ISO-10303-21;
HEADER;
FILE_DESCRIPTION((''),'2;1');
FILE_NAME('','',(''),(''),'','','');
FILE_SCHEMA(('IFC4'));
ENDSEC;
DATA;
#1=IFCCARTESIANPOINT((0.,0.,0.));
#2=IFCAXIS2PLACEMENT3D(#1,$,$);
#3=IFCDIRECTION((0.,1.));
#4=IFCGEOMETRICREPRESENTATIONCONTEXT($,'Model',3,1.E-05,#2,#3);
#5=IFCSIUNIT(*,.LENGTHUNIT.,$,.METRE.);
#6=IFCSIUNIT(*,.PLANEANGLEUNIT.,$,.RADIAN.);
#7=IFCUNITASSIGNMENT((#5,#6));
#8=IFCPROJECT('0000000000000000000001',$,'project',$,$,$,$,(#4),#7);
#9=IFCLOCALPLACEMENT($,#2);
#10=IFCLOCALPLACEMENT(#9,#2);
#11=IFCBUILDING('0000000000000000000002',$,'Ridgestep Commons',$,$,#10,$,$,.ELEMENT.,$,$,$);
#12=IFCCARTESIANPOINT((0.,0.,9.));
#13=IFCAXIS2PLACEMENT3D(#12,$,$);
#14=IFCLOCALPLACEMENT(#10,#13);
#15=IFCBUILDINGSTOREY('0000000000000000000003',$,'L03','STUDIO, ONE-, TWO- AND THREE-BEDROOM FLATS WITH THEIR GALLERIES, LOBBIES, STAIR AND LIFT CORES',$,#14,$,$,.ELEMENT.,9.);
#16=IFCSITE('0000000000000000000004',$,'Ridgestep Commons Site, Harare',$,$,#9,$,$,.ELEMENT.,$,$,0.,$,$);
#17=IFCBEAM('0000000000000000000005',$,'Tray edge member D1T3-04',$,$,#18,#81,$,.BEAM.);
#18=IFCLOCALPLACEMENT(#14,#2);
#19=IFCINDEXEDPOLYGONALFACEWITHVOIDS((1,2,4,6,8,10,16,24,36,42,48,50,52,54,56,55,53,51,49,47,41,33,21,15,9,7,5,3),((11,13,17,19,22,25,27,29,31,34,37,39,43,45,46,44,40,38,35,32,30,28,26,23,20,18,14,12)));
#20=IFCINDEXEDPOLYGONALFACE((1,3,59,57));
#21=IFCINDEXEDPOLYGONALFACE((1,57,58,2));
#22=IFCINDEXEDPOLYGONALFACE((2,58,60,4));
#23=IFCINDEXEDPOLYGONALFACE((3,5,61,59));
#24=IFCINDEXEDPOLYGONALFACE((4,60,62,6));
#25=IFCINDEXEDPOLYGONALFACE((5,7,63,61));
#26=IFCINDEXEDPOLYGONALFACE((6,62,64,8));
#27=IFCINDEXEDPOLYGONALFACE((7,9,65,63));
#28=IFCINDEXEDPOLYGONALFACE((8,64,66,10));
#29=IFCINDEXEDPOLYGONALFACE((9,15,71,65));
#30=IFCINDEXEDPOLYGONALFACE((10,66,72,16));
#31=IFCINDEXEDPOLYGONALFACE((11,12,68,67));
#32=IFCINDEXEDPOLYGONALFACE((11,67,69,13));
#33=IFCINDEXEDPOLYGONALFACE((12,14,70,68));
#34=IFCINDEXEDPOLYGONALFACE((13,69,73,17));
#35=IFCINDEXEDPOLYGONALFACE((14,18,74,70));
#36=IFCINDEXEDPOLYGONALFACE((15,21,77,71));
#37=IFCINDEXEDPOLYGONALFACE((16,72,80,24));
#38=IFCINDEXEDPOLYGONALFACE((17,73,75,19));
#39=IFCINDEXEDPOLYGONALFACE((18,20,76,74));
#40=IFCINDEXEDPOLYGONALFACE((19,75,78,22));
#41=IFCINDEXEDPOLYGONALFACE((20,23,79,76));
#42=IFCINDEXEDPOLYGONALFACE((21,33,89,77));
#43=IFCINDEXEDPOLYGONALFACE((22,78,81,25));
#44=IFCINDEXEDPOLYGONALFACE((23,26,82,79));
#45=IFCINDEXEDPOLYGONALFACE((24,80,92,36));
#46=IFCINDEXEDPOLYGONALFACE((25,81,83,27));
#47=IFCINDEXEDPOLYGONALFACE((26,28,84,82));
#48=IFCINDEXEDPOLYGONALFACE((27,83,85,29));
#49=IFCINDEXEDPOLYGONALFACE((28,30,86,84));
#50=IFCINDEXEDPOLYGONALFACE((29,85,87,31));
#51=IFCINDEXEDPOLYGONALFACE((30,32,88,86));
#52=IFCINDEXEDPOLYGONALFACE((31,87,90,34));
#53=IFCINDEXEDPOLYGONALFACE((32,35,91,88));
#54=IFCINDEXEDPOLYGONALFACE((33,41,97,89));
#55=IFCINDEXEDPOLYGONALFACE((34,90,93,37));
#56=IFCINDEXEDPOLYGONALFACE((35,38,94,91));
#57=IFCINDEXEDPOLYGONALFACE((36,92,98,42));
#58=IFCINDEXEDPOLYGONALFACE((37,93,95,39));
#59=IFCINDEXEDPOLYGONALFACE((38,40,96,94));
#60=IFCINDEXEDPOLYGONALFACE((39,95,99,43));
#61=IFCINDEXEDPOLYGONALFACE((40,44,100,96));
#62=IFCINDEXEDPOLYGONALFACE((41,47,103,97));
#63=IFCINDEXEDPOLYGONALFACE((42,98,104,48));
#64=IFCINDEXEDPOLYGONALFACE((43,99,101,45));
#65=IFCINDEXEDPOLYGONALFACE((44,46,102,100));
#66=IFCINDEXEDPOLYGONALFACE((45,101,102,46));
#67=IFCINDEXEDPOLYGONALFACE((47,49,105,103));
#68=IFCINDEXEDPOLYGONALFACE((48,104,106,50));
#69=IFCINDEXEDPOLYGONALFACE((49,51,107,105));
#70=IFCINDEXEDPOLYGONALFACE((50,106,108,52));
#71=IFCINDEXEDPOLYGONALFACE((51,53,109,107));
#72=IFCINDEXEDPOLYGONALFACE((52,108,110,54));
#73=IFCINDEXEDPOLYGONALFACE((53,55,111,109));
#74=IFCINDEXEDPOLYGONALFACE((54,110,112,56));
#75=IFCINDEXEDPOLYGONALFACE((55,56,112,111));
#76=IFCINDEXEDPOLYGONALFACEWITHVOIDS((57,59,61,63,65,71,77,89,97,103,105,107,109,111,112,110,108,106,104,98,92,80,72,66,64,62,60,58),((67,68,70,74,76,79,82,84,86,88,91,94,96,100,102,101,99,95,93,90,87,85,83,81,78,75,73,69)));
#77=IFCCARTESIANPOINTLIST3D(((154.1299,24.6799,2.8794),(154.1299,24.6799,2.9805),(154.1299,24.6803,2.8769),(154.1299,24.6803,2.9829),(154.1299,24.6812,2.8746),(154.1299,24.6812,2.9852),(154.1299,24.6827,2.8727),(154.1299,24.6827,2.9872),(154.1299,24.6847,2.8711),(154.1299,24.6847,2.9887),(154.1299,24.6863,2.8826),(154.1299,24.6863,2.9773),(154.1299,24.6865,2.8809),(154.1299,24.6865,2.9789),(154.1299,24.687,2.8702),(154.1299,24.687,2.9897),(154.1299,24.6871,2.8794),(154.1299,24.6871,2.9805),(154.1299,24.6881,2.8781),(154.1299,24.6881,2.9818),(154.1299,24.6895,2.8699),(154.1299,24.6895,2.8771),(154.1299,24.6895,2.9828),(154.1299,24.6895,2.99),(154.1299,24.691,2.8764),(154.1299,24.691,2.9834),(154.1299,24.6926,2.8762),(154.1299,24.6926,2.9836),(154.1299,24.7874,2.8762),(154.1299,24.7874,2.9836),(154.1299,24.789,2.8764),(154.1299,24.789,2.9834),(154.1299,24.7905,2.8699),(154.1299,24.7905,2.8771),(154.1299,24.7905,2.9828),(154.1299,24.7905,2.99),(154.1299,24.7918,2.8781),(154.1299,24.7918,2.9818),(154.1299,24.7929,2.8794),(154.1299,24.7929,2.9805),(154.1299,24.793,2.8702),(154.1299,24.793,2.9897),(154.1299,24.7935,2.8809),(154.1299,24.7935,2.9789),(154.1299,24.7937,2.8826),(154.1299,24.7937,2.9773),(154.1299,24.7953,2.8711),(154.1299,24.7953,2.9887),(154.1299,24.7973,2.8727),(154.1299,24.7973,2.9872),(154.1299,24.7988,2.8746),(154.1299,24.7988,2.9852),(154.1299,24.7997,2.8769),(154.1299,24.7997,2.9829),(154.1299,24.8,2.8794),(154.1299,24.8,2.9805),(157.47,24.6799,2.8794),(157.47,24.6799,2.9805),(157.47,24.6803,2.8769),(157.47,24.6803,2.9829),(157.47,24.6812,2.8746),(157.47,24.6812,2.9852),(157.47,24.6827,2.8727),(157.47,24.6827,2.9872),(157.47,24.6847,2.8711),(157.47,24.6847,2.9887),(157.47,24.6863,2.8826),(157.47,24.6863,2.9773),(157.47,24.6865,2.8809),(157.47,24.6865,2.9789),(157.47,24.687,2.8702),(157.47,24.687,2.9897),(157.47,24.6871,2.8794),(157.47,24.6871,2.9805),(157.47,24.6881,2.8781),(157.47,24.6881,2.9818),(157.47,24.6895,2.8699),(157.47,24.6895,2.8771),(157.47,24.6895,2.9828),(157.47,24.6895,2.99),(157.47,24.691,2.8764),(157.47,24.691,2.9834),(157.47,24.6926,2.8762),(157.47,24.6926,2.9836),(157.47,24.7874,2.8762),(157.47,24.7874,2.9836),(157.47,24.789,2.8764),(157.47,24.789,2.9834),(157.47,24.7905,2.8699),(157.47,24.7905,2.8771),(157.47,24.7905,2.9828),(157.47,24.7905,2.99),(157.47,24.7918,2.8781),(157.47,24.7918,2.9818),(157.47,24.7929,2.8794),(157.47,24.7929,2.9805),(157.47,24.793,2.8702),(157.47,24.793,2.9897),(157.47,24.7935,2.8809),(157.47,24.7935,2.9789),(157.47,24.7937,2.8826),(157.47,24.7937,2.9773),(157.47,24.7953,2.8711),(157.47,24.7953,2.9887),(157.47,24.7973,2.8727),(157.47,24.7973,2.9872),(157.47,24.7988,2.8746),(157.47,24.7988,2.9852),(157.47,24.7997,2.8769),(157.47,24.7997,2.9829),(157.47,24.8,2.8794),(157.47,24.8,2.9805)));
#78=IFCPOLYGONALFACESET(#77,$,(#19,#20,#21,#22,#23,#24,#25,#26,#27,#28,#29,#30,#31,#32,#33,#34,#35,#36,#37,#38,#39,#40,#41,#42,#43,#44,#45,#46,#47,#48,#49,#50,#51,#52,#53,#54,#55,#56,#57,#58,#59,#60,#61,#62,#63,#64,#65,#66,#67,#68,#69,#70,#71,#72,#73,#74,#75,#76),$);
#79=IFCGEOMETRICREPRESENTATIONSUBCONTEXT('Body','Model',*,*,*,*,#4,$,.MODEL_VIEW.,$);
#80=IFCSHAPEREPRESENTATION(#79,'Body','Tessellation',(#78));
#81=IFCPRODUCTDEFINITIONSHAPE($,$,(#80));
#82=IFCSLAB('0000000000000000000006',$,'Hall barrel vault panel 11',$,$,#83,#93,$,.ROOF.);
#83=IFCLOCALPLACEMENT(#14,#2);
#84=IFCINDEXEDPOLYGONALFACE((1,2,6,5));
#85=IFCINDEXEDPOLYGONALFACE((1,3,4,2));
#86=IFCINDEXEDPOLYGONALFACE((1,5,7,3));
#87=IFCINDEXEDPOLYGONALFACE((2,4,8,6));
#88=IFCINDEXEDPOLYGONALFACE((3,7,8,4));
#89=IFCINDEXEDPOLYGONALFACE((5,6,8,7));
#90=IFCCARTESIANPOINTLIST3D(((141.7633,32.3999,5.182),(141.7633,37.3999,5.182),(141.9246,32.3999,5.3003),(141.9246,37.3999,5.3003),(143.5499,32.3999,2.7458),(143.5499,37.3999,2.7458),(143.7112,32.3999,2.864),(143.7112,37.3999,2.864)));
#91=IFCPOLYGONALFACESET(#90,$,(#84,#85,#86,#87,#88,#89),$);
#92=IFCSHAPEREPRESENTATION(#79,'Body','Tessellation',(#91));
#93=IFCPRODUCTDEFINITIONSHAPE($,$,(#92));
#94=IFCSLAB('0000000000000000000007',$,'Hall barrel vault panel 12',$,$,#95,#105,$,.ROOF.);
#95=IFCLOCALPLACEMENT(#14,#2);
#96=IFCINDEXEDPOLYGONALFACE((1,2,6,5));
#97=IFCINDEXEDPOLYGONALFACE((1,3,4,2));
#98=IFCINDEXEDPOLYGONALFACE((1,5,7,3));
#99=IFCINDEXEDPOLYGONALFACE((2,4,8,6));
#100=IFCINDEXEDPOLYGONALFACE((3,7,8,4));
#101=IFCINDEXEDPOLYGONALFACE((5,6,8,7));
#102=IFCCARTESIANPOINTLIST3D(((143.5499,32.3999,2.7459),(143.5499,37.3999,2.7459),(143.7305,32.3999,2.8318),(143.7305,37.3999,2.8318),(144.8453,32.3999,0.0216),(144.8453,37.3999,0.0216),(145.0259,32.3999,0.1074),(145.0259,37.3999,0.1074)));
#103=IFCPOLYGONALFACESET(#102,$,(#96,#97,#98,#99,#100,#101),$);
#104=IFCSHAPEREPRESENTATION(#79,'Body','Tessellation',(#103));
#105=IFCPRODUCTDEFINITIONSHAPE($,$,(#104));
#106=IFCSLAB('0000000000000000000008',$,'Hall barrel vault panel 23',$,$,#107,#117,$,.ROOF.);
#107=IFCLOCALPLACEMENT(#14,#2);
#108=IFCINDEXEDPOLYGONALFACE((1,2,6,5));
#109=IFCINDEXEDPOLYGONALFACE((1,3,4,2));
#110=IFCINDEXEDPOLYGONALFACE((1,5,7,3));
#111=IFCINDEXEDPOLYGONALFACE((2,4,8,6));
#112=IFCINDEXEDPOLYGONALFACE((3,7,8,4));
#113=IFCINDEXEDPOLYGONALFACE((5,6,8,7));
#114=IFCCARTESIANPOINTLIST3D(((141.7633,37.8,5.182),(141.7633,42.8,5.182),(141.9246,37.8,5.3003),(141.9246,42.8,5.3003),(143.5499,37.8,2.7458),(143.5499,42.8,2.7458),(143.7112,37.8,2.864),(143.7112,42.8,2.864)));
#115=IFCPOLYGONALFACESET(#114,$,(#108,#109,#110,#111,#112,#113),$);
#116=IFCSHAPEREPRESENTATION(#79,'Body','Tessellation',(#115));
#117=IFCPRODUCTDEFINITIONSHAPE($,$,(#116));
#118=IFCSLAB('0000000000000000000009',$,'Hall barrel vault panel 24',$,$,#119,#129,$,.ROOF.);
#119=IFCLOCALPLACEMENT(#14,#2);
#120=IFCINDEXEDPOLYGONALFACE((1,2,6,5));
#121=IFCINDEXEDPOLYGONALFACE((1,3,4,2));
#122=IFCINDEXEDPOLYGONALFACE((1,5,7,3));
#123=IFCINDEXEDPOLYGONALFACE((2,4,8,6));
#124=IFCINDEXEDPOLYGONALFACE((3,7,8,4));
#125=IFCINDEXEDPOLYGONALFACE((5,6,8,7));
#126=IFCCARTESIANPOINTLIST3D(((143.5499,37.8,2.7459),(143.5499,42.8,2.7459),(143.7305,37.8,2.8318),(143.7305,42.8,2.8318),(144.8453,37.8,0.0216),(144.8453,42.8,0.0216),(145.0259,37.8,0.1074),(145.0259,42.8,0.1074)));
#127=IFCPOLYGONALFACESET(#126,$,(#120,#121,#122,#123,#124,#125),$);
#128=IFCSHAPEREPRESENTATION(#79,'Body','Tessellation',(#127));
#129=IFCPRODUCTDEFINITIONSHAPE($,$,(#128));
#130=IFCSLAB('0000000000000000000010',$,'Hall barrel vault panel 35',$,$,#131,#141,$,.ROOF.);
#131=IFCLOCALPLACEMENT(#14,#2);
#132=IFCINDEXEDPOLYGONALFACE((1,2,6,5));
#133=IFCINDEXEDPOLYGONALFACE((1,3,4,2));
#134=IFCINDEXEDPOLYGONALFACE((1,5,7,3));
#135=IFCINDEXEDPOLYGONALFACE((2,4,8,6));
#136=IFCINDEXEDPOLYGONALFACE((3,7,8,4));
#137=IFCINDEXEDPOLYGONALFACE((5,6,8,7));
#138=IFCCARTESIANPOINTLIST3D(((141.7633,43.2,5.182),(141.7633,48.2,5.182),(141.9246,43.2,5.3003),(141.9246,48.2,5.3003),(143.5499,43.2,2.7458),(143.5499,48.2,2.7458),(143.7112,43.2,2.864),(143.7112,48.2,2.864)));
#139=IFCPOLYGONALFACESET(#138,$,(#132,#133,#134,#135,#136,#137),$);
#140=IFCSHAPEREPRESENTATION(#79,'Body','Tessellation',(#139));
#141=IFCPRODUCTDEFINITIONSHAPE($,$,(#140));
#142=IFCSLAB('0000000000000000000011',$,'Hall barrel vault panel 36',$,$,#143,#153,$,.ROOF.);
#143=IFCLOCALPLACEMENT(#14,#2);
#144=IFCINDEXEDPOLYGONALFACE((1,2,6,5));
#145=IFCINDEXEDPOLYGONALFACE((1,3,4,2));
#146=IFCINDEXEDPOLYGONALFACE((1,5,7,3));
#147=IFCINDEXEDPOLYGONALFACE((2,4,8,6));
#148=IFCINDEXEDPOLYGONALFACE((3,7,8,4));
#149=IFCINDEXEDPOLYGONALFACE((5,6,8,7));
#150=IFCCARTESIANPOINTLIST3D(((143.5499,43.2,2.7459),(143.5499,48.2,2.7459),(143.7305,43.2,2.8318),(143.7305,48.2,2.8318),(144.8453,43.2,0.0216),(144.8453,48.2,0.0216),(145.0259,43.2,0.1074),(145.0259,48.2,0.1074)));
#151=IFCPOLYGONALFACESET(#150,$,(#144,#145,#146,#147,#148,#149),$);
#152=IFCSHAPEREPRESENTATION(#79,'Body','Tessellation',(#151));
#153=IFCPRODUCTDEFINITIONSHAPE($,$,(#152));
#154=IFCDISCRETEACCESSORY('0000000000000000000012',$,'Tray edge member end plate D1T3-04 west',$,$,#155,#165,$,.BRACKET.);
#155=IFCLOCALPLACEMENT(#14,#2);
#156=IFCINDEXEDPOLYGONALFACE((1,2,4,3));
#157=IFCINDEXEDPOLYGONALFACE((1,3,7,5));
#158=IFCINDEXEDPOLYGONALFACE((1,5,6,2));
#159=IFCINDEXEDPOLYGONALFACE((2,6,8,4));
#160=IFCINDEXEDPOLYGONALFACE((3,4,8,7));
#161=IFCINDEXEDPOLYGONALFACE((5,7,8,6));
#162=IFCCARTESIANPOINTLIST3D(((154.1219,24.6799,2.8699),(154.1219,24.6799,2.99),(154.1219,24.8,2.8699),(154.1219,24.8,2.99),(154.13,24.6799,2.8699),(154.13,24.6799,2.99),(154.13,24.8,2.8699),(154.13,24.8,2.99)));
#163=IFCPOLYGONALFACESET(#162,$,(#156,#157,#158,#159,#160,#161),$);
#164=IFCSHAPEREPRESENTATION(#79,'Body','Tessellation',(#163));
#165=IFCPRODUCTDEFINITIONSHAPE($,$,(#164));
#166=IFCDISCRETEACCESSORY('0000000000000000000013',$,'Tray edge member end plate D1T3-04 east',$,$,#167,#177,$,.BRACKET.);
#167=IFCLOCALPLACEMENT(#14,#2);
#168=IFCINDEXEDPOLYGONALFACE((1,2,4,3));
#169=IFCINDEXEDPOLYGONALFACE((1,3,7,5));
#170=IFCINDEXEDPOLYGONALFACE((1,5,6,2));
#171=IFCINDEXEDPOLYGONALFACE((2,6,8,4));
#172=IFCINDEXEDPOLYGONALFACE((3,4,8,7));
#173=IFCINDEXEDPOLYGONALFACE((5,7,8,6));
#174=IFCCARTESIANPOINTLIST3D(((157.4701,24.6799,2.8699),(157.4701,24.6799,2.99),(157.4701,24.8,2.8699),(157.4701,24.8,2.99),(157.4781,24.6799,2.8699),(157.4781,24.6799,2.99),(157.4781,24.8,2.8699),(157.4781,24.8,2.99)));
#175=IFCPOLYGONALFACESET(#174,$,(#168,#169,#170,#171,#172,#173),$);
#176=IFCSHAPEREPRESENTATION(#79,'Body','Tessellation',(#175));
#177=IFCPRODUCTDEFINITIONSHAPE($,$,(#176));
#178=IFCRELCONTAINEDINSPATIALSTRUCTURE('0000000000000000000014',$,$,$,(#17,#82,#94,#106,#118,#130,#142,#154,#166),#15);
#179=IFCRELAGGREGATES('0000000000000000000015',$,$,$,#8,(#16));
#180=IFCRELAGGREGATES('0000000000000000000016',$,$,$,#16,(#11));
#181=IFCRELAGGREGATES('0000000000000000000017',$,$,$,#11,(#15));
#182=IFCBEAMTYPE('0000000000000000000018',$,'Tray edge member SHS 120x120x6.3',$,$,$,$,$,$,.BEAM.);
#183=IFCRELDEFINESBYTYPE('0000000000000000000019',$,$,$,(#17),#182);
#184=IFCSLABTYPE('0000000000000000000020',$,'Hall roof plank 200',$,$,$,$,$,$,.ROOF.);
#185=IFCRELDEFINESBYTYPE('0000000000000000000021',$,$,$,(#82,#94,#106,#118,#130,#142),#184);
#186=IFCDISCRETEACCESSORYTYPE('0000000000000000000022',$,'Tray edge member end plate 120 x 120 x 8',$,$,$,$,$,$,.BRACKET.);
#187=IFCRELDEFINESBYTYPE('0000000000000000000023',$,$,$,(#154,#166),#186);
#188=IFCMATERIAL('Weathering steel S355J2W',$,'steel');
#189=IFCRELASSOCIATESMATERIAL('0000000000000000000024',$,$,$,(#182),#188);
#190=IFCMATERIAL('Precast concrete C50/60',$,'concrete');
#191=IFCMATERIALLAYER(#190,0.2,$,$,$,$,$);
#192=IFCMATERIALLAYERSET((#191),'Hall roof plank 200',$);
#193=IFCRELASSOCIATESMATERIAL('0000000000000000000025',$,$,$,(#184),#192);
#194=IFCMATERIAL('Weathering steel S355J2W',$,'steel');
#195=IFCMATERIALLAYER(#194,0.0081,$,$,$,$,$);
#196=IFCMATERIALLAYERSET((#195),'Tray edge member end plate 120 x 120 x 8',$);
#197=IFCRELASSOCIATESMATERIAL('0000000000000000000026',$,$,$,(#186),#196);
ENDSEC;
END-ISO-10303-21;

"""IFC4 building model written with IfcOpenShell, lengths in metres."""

from ifc_helpers import new_model, si_unit, direction, frame, origin, origin_2d, place, context, subcontext, project, spatial, polyline, rectangle, hollow_rectangle, outline, extrude, material, layer, layer_set, material_profile, profile_set, type_object, element, save


model = new_model("IFC4")

# Units and contexts
model_context = context("Model", 3, precision=1e-05, world=origin(), true_north=direction((0.0, 1.0)))
body_context = subcontext(model_context, "Body", "Model", "MODEL_VIEW")
ifc_project = project(units=[si_unit("LENGTHUNIT", "METRE"), si_unit("PLANEANGLEUNIT", "RADIAN")], contexts=[model_context])

# Site, building, storey
site_placement = place(None, origin())
site = spatial("IfcSite", under=ifc_project, at=site_placement, Name="Ridgestep Commons Site, Harare", CompositionType="ELEMENT", RefElevation=0.0)
building_placement = place(site_placement, origin())
building = spatial("IfcBuilding", under=site, at=building_placement, Name="Ridgestep Commons", CompositionType="ELEMENT")
storey_placement = place(building_placement, frame((0.0, 0.0, 9.0)))
storey = spatial("IfcBuildingStorey", under=building, at=storey_placement, Name="L03", Description="STUDIO, ONE-, TWO- AND THREE-BEDROOM FLATS WITH THEIR GALLERIES, LOBBIES, STAIR AND LIFT CORES", CompositionType="ELEMENT", Elevation=9.0)

# Beam
ifc_material_1 = material(Name="Weathering steel S355J2W", Category="steel")
ifc_material_profile_1 = material_profile(ifc_material_1, hollow_rectangle(XDim=0.1201, YDim=0.1201, WallThickness=0.0063, InnerFilletRadius=0.0063, OuterFilletRadius=0.0095, at=origin_2d()), Name="SHS 120x120x6.3")
ifc_profile_set_1 = profile_set([ifc_material_profile_1], Name="Weathering steel S355J2W")
beam_type_1 = type_object("IfcBeamType", Name="Tray edge member SHS 120x120x6.3", PredefinedType="BEAM", material=ifc_profile_set_1)
beam_1_placement = place(storey_placement, frame((154.1299, 24.74, 2.9299), z_axis=(1.0, 0.0, 0.0), x_axis=(0.0, 0.0, 1.0)))
element("IfcBeam", 1, at=beam_1_placement, inside=storey, type_object=beam_type_1, Name="Tray edge member D1T3-04", PredefinedType="BEAM", context=body_context, shape_type="SweptSolid", body=[
    extrude(hollow_rectangle(XDim=0.1201, YDim=0.1201, WallThickness=0.0063, InnerFilletRadius=0.0063, OuterFilletRadius=0.0095, at=origin_2d()), origin(), (0.0, 0.0, 1.0), 3.3401),
])

# Slabs
ifc_material_2 = material(Name="Precast concrete C50/60", Category="concrete")
ifc_layer_1 = layer(ifc_material_2, 0.2)
ifc_layer_set_1 = layer_set([ifc_layer_1], Name="Hall roof plank 200")
slab_type = type_object("IfcSlabType", Name="Hall roof plank 200", PredefinedType="ROOF", material=ifc_layer_set_1)
slab_1_placement = place(storey_placement, frame((141.9246, 32.3999, 5.3003), z_axis=(0.806402, 0.0, 0.591367), x_axis=(0.591367, 0.0, -0.806402)))
element("IfcSlab", 2, at=slab_1_placement, inside=storey, type_object=slab_type, Name="Hall barrel vault panel 11", PredefinedType="ROOF", context=body_context, shape_type="SweptSolid", body=[
    extrude(outline(polyline([(0.0, 0.0), (3.0212, 0.0), (3.0212, 5.0), (0.0, 5.0), (0.0, 0.0)])), origin(), (0.0, 0.0, -1.0), 0.2),
])
slab_2_placement = place(storey_placement, frame((143.7305, 32.3999, 2.8318), z_axis=(0.903106, 0.0, 0.429418), x_axis=(0.429418, 0.0, -0.903106)))
element("IfcSlab", 3, at=slab_2_placement, inside=storey, type_object=slab_type, Name="Hall barrel vault panel 12", PredefinedType="ROOF", context=body_context, shape_type="SweptSolid", body=[
    extrude(outline(polyline([(0.0, 0.0), (3.0167, 0.0), (3.0167, 5.0), (0.0, 5.0), (0.0, 0.0)])), origin(), (0.0, 0.0, -1.0), 0.2),
])
slab_3_placement = place(storey_placement, frame((141.9246, 37.8, 5.3003), z_axis=(0.806402, 0.0, 0.591367), x_axis=(0.591367, 0.0, -0.806402)))
element("IfcSlab", 4, at=slab_3_placement, inside=storey, type_object=slab_type, Name="Hall barrel vault panel 23", PredefinedType="ROOF", context=body_context, shape_type="SweptSolid", body=[
    extrude(outline(polyline([(0.0, 0.0), (3.0212, 0.0), (3.0212, 5.0), (0.0, 5.0), (0.0, 0.0)])), origin(), (0.0, 0.0, -1.0), 0.2),
])
slab_4_placement = place(storey_placement, frame((143.7305, 37.8, 2.8318), z_axis=(0.903106, 0.0, 0.429418), x_axis=(0.429418, 0.0, -0.903106)))
element("IfcSlab", 5, at=slab_4_placement, inside=storey, type_object=slab_type, Name="Hall barrel vault panel 24", PredefinedType="ROOF", context=body_context, shape_type="SweptSolid", body=[
    extrude(outline(polyline([(0.0, 0.0), (3.0167, 0.0), (3.0167, 5.0), (0.0, 5.0), (0.0, 0.0)])), origin(), (0.0, 0.0, -1.0), 0.2),
])
slab_5_placement = place(storey_placement, frame((141.9246, 43.2, 5.3003), z_axis=(0.806402, 0.0, 0.591367), x_axis=(0.591367, 0.0, -0.806402)))
element("IfcSlab", 6, at=slab_5_placement, inside=storey, type_object=slab_type, Name="Hall barrel vault panel 35", PredefinedType="ROOF", context=body_context, shape_type="SweptSolid", body=[
    extrude(outline(polyline([(0.0, 0.0), (3.0212, 0.0), (3.0212, 5.0), (0.0, 5.0), (0.0, 0.0)])), origin(), (0.0, 0.0, -1.0), 0.2),
])
slab_6_placement = place(storey_placement, frame((143.7305, 43.2, 2.8318), z_axis=(0.903106, 0.0, 0.429418), x_axis=(0.429418, 0.0, -0.903106)))
element("IfcSlab", 7, at=slab_6_placement, inside=storey, type_object=slab_type, Name="Hall barrel vault panel 36", PredefinedType="ROOF", context=body_context, shape_type="SweptSolid", body=[
    extrude(outline(polyline([(0.0, 0.0), (3.0167, 0.0), (3.0167, 5.0), (0.0, 5.0), (0.0, 0.0)])), origin(), (0.0, 0.0, -1.0), 0.2),
])

# Discrete accessories
ifc_material_3 = material(Name="Weathering steel S355J2W", Category="steel")
ifc_layer_2 = layer(ifc_material_3, 0.0081)
ifc_layer_set_2 = layer_set([ifc_layer_2], Name="Tray edge member end plate 120 x 120 x 8")
discrete_accessory_type = type_object("IfcDiscreteAccessoryType", Name="Tray edge member end plate 120 x 120 x 8", PredefinedType="BRACKET", material=ifc_layer_set_2)
for number, where, z_axis, x_axis, name in (
    (8, (154.126, 24.74, 2.8699), (0.0, 0.0, 1.0), (1.0, 0.0, 0.0), "Tray edge member end plate D1T3-04 west"),
    (9, (157.4741, 24.74, 2.8699), (0.0, 0.0, 1.0), (1.0, 0.0, 0.0), "Tray edge member end plate D1T3-04 east"),
):
    element("IfcDiscreteAccessory", number, at=place(storey_placement, frame(where, z_axis=z_axis, x_axis=x_axis)), inside=storey, type_object=discrete_accessory_type, Name=name, PredefinedType="BRACKET", context=body_context, shape_type="SweptSolid", body=[
        extrude(rectangle(XDim=0.0081, YDim=0.1201, at=origin_2d()), origin(), (0.0, 0.0, 1.0), 0.1201),
    ])

save(model, "model.ifc")
